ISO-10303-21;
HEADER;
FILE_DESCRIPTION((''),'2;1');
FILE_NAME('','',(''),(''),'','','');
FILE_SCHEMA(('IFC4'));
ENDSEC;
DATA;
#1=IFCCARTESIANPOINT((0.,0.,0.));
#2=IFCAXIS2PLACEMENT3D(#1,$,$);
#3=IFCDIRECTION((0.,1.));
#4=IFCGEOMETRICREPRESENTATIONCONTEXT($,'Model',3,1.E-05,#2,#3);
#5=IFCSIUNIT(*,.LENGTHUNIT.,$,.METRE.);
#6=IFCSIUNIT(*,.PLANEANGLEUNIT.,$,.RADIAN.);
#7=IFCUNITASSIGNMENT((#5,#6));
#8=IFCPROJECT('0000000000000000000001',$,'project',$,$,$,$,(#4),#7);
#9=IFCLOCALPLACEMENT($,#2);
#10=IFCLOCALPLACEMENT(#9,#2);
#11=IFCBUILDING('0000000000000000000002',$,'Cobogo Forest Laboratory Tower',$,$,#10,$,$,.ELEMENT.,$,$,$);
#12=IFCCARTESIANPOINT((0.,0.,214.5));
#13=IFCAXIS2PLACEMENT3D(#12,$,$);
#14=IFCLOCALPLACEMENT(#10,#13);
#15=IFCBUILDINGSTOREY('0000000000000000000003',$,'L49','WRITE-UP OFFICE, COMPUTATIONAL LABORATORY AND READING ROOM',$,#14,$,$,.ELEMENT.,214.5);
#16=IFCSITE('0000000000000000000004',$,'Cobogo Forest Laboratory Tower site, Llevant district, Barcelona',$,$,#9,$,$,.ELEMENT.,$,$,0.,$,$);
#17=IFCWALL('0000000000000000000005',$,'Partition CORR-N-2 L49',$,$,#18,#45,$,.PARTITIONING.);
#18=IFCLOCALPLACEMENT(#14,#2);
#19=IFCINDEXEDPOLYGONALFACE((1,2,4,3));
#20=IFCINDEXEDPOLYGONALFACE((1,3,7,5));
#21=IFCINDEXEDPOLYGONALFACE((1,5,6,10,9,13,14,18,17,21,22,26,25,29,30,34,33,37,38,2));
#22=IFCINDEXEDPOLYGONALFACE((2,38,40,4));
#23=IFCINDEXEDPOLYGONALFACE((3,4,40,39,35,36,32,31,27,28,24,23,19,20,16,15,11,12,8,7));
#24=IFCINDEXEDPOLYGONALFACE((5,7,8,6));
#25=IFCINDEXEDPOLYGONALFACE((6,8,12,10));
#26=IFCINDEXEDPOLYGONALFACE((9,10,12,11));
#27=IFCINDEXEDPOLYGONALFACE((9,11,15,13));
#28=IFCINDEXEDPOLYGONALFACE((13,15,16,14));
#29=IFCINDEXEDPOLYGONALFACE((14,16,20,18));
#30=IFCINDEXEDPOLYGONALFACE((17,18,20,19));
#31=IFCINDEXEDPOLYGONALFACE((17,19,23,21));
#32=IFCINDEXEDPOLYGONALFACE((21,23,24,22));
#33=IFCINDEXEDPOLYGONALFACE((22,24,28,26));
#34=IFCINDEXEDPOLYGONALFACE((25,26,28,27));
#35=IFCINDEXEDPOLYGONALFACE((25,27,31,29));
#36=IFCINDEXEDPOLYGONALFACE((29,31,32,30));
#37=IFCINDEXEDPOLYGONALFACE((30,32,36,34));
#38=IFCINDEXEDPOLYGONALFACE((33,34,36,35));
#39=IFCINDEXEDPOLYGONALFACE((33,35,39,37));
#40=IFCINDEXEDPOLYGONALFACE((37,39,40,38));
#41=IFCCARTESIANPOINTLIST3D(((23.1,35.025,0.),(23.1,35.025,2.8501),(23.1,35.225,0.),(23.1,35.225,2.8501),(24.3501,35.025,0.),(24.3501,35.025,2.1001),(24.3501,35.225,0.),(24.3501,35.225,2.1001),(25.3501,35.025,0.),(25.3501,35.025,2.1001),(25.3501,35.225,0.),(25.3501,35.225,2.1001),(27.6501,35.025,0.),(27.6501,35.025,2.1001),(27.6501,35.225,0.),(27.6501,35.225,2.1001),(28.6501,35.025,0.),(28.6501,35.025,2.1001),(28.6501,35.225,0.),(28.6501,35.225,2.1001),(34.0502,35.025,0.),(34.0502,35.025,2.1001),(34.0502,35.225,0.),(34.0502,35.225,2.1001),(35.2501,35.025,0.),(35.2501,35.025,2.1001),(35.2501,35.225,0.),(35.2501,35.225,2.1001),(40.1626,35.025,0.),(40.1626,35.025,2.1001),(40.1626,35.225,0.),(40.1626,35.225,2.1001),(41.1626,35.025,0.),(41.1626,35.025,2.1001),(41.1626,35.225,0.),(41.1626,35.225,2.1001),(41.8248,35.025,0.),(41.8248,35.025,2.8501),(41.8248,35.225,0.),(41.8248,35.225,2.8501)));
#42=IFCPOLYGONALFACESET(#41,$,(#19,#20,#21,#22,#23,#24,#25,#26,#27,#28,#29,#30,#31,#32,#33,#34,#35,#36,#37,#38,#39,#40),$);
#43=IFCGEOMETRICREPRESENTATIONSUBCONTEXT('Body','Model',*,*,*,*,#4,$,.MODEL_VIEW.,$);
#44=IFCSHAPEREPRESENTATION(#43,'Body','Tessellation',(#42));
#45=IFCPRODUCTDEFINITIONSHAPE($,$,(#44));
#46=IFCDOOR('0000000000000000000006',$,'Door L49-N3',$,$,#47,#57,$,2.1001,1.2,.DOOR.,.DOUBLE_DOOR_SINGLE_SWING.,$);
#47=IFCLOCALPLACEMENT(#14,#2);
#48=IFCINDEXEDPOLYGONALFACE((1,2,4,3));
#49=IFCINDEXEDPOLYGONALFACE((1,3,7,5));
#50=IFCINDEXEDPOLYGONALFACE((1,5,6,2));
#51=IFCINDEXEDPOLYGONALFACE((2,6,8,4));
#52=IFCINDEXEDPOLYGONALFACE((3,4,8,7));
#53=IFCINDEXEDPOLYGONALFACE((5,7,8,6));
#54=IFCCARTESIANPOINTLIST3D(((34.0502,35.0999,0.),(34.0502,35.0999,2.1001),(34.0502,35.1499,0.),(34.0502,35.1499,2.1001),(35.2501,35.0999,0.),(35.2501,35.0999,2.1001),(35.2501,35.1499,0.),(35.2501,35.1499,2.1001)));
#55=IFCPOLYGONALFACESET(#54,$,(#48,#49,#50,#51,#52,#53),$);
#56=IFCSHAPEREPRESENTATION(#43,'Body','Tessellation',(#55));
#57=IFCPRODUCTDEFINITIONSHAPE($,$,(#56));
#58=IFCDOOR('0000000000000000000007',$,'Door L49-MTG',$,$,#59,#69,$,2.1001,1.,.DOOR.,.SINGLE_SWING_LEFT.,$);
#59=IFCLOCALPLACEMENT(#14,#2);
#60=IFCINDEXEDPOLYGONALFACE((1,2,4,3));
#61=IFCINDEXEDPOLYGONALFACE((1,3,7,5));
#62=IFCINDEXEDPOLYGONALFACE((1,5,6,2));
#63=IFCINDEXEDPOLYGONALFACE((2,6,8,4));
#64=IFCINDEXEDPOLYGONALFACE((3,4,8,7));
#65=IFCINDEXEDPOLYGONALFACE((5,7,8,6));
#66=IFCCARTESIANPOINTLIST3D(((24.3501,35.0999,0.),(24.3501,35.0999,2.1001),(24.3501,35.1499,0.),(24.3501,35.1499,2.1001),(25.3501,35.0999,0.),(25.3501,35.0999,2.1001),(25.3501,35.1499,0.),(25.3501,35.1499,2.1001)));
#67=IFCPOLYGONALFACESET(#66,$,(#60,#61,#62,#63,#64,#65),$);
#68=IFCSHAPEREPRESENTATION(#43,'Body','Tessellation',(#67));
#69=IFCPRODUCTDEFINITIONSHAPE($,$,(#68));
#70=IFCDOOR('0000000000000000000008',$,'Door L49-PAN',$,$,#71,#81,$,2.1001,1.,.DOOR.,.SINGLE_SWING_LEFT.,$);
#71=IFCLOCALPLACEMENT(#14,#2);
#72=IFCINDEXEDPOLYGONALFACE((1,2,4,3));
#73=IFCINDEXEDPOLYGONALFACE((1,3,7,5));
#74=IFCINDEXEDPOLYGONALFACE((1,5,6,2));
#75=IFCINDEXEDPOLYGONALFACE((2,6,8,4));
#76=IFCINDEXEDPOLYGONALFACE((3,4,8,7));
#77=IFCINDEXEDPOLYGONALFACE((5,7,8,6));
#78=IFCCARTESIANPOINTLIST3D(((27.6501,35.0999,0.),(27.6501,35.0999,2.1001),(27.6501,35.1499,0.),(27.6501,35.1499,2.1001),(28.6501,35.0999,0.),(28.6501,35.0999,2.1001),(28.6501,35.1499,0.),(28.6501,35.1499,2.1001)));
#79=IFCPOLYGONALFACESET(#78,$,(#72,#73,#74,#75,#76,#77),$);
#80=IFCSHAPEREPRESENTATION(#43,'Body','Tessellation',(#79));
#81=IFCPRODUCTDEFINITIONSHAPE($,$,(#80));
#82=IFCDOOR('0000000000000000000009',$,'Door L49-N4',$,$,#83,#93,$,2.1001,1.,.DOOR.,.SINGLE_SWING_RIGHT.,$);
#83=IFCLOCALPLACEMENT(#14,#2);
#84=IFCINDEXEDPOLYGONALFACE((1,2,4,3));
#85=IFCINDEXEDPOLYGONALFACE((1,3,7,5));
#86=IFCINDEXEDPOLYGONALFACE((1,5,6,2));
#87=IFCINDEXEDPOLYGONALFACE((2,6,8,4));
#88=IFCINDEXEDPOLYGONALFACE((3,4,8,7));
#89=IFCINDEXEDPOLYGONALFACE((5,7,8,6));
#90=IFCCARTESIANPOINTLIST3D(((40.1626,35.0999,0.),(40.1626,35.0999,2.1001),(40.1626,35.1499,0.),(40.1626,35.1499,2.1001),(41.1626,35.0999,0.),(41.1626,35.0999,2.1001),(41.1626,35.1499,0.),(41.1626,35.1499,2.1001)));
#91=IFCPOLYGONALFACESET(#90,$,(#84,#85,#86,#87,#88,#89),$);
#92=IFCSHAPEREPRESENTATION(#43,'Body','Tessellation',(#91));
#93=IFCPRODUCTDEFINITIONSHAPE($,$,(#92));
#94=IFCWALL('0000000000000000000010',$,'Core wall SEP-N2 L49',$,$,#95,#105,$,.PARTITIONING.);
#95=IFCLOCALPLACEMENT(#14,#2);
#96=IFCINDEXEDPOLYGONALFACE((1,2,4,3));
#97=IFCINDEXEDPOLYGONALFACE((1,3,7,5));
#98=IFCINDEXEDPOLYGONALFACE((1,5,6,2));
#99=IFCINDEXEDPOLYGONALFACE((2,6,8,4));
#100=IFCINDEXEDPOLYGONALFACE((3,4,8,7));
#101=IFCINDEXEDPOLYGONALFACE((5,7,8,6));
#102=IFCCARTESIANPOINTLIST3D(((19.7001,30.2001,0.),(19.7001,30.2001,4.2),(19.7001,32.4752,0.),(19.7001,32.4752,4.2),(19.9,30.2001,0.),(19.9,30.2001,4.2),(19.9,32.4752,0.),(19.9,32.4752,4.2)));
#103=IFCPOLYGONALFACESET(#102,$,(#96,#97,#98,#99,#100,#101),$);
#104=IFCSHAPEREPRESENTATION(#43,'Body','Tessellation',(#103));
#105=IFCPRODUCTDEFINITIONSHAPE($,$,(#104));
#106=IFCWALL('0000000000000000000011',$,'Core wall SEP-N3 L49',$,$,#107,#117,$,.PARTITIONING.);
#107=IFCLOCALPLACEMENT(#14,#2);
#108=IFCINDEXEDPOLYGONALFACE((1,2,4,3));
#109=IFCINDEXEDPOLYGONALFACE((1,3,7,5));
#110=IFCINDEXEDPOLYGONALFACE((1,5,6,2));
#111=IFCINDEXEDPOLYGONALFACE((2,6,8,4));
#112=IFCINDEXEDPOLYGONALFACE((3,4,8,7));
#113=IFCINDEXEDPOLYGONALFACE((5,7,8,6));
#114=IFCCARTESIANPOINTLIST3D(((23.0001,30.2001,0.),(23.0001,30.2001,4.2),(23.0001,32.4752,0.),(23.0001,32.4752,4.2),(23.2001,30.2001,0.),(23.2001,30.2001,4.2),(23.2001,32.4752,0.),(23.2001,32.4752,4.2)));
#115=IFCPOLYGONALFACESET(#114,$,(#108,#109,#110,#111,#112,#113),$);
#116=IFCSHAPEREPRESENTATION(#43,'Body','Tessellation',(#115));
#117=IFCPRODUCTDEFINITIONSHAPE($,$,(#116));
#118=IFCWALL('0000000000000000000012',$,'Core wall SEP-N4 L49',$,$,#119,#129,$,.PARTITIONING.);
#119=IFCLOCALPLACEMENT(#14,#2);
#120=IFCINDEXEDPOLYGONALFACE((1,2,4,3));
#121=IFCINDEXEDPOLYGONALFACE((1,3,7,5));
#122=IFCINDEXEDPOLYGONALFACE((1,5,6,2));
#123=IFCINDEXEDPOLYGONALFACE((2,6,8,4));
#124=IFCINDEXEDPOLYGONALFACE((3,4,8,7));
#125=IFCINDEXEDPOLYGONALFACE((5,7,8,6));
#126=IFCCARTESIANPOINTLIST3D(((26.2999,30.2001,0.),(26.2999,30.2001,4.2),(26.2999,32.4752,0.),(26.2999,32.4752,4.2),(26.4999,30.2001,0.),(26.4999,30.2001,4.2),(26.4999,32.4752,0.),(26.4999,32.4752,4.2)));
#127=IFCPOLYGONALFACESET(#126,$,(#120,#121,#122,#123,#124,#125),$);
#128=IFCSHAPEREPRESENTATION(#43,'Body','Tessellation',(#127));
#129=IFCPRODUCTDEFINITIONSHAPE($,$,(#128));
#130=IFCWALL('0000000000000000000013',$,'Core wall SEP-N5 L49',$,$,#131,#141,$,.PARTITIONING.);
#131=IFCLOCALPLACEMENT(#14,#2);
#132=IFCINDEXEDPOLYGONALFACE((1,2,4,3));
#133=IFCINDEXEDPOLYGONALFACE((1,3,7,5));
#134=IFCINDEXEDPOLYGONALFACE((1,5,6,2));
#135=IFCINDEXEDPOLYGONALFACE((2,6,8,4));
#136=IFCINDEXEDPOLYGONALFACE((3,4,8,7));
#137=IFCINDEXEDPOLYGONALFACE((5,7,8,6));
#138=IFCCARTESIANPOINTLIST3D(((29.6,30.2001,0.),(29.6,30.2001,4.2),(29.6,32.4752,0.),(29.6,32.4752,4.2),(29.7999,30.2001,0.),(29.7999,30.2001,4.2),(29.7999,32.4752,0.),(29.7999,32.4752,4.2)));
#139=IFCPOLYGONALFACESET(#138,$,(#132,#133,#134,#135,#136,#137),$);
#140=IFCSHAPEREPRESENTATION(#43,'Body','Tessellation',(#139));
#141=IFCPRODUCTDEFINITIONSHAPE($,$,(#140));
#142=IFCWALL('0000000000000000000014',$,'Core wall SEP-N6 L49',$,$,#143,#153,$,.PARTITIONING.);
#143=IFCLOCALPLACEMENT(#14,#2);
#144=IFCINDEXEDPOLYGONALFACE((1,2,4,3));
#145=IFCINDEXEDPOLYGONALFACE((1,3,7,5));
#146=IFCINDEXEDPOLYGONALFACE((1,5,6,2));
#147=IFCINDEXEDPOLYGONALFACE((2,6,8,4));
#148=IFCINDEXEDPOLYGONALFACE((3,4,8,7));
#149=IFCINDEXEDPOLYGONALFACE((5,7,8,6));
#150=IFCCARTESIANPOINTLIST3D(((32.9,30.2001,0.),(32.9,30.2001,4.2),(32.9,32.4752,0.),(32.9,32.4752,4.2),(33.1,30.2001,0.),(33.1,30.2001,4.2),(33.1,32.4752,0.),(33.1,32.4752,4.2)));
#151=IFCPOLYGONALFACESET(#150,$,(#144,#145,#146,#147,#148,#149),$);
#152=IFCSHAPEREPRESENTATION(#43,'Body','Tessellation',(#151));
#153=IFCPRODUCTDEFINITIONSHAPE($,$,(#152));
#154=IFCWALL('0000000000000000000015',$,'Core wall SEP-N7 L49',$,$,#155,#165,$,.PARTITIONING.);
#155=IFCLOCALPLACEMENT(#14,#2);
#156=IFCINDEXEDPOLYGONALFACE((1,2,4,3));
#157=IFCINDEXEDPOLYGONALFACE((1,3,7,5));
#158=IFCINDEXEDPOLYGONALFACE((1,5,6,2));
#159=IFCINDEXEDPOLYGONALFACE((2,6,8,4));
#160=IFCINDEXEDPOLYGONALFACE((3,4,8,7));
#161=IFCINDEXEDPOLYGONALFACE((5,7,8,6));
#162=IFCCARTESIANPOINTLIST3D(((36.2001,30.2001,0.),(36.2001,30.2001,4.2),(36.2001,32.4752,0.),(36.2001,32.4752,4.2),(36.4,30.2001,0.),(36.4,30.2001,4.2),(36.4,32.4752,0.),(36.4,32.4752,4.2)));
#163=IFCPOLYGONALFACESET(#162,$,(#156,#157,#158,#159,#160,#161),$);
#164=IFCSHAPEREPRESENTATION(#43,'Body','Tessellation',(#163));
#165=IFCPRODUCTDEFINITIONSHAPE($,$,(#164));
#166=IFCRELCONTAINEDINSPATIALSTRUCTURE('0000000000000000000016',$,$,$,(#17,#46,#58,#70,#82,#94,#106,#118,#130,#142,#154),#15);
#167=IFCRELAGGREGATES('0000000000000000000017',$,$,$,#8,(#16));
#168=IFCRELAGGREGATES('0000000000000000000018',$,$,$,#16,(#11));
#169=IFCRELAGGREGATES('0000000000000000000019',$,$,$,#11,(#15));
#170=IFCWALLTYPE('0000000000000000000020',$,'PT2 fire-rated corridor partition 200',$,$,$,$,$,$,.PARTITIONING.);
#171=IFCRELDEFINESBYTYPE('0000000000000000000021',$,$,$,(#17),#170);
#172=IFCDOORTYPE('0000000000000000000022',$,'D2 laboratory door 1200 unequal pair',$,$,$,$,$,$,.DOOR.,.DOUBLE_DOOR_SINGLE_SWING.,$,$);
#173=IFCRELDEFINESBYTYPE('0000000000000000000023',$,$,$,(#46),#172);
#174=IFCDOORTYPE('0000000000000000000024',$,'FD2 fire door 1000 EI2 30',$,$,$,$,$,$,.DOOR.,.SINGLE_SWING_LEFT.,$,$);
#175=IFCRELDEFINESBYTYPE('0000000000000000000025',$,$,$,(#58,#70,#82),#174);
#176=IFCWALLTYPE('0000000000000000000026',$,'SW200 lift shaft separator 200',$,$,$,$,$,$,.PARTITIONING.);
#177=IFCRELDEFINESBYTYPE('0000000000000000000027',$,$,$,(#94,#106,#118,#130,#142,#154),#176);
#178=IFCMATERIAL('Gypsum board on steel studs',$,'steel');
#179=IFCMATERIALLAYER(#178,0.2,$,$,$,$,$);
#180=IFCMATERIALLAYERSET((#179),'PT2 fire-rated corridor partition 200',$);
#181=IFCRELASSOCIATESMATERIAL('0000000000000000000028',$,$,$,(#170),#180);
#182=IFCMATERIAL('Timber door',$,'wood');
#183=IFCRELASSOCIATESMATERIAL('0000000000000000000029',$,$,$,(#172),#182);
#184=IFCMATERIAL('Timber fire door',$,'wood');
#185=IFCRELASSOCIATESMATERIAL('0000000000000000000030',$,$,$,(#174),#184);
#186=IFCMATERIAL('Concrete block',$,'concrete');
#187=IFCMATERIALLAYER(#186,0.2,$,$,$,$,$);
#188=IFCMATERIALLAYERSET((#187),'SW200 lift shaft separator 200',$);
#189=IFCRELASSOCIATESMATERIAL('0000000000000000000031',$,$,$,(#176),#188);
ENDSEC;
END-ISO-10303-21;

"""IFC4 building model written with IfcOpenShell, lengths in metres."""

from ifc_helpers import new_model, si_unit, direction, frame, frame_2d, origin, place, context, subcontext, project, spatial, rectangle, extrude, material, layer, layer_set, type_object, element, fill, save


model = new_model("IFC4")

# Units and contexts
model_context = context("Model", 3, precision=1e-05, world=origin(), true_north=direction((0.0, 1.0)))
body_context = subcontext(model_context, "Body", "Model", "MODEL_VIEW")
ifc_project = project(units=[si_unit("LENGTHUNIT", "METRE"), si_unit("PLANEANGLEUNIT", "RADIAN")], contexts=[model_context])

# Site, building, storey
site_placement = place(None, origin())
site = spatial("IfcSite", under=ifc_project, at=site_placement, Name="Cobogo Forest Laboratory Tower site, Llevant district, Barcelona", CompositionType="ELEMENT", RefElevation=0.0)
building_placement = place(site_placement, origin())
building = spatial("IfcBuilding", under=site, at=building_placement, Name="Cobogo Forest Laboratory Tower", CompositionType="ELEMENT")
storey_placement = place(building_placement, frame((0.0, 0.0, 214.5)))
storey = spatial("IfcBuildingStorey", under=building, at=storey_placement, Name="L49", Description="WRITE-UP OFFICE, COMPUTATIONAL LABORATORY AND READING ROOM", CompositionType="ELEMENT", Elevation=214.5)

# Shared definitions
ifc_material_1 = material(Name="Gypsum board on steel studs", Category="steel")

# Wall, openings, doors
ifc_layer_1 = layer(ifc_material_1, 0.2)
ifc_layer_set_1 = layer_set([ifc_layer_1], Name="PT2 fire-rated corridor partition 200")
wall_type_1 = type_object("IfcWallType", Name="PT2 fire-rated corridor partition 200", PredefinedType="PARTITIONING", material=ifc_layer_set_1)
wall_placement = place(storey_placement, frame((23.1001, 35.125, 0.0), z_axis=(0.0, 0.0, 1.0), x_axis=(1.0, 0.0, 0.0)))
wall = element("IfcWall", 1, at=wall_placement, inside=storey, type_object=wall_type_1, Name="Partition CORR-N-2 L49", PredefinedType="PARTITIONING", context=body_context, shape_type="SweptSolid", body=[
    extrude(rectangle(XDim=18.7249, YDim=0.2, at=frame_2d((9.3623, 0.0))), origin(), (0.0, 0.0, 1.0), 2.8501),
])
opening_1_placement = place(wall_placement, frame((1.25, 0.0, 0.0)))
opening_1 = element("IfcOpeningElement", 2, at=opening_1_placement, cuts=wall, PredefinedType="OPENING", context=body_context, shape_type="SweptSolid", body=[
    extrude(rectangle(XDim=1.0, YDim=2.1001, at=frame_2d((0.5, 1.05))), frame((0.0, 0.1099, 0.0), z_axis=(0.0, -1.0, 0.0), x_axis=(1.0, 0.0, 0.0)), (0.0, 0.0, 1.0), 0.22),
])
opening_2_placement = place(wall_placement, frame((4.55, 0.0, 0.0)))
opening_2 = element("IfcOpeningElement", 3, at=opening_2_placement, cuts=wall, PredefinedType="OPENING", context=body_context, shape_type="SweptSolid", body=[
    extrude(rectangle(XDim=1.0, YDim=2.1001, at=frame_2d((0.5, 1.05))), frame((0.0, 0.1099, 0.0), z_axis=(0.0, -1.0, 0.0), x_axis=(1.0, 0.0, 0.0)), (0.0, 0.0, 1.0), 0.22),
])
opening_3_placement = place(wall_placement, frame((10.95, 0.0, 0.0)))
opening_3 = element("IfcOpeningElement", 4, at=opening_3_placement, cuts=wall, PredefinedType="OPENING", context=body_context, shape_type="SweptSolid", body=[
    extrude(rectangle(XDim=1.2, YDim=2.1001, at=frame_2d((0.6001, 1.05))), frame((0.0, 0.1099, 0.0), z_axis=(0.0, -1.0, 0.0), x_axis=(1.0, 0.0, 0.0)), (0.0, 0.0, 1.0), 0.22),
])
opening_4_placement = place(wall_placement, frame((17.0625, 0.0, 0.0)))
opening_4 = element("IfcOpeningElement", 5, at=opening_4_placement, cuts=wall, PredefinedType="OPENING", context=body_context, shape_type="SweptSolid", body=[
    extrude(rectangle(XDim=1.0, YDim=2.1001, at=frame_2d((0.5, 1.05))), frame((0.0, 0.1099, 0.0), z_axis=(0.0, -1.0, 0.0), x_axis=(1.0, 0.0, 0.0)), (0.0, 0.0, 1.0), 0.22),
])
ifc_material_2 = material(Name="Timber door", Category="wood")
door_type_1 = type_object("IfcDoorType", Name="D2 laboratory door 1200 unequal pair", OperationType="DOUBLE_DOOR_SINGLE_SWING", PredefinedType="DOOR", material=ifc_material_2)
door_1_placement = place(opening_3_placement, origin())
door_1 = element("IfcDoor", 6, at=door_1_placement, inside=storey, type_object=door_type_1, Name="Door L49-N3", OperationType="DOUBLE_DOOR_SINGLE_SWING", OverallHeight=2.1001, OverallWidth=1.2, PredefinedType="DOOR", context=body_context, shape_type="SweptSolid", body=[
    extrude(rectangle(XDim=1.2, YDim=2.1001, at=frame_2d((0.6001, 1.05))), frame((0.0, 0.0249, 0.0), z_axis=(0.0, -1.0, 0.0), x_axis=(1.0, 0.0, 0.0)), (0.0, 0.0, 1.0), 0.05),
])
fill(opening_3, door_1)
ifc_material_3 = material(Name="Timber fire door", Category="wood")
door_type_2 = type_object("IfcDoorType", Name="FD2 fire door 1000 EI2 30", OperationType="SINGLE_SWING_LEFT", PredefinedType="DOOR", material=ifc_material_3)
door_2_placement = place(opening_1_placement, origin())
door_2 = element("IfcDoor", 7, at=door_2_placement, inside=storey, type_object=door_type_2, Name="Door L49-MTG", OperationType="SINGLE_SWING_LEFT", OverallHeight=2.1001, OverallWidth=1.0, PredefinedType="DOOR", context=body_context, shape_type="SweptSolid", body=[
    extrude(rectangle(XDim=1.0, YDim=2.1001, at=frame_2d((0.5, 1.05))), frame((0.0, 0.0249, 0.0), z_axis=(0.0, -1.0, 0.0), x_axis=(1.0, 0.0, 0.0)), (0.0, 0.0, 1.0), 0.05),
])
fill(opening_1, door_2)
door_3_placement = place(opening_2_placement, origin())
door_3 = element("IfcDoor", 8, at=door_3_placement, inside=storey, type_object=door_type_2, Name="Door L49-PAN", OperationType="SINGLE_SWING_LEFT", OverallHeight=2.1001, OverallWidth=1.0, PredefinedType="DOOR", context=body_context, shape_type="SweptSolid", body=[
    extrude(rectangle(XDim=1.0, YDim=2.1001, at=frame_2d((0.5, 1.05))), frame((0.0, 0.0249, 0.0), z_axis=(0.0, -1.0, 0.0), x_axis=(1.0, 0.0, 0.0)), (0.0, 0.0, 1.0), 0.05),
])
fill(opening_2, door_3)
door_4_placement = place(opening_4_placement, origin())
door_4 = element("IfcDoor", 9, at=door_4_placement, inside=storey, type_object=door_type_2, Name="Door L49-N4", OperationType="SINGLE_SWING_RIGHT", OverallHeight=2.1001, OverallWidth=1.0, PredefinedType="DOOR", context=body_context, shape_type="SweptSolid", body=[
    extrude(rectangle(XDim=1.0, YDim=2.1001, at=frame_2d((0.5, 1.05))), frame((0.0, 0.0249, 0.0), z_axis=(0.0, -1.0, 0.0), x_axis=(1.0, 0.0, 0.0)), (0.0, 0.0, 1.0), 0.05),
])
fill(opening_4, door_4)

# Walls
ifc_material_4 = material(Name="Concrete block", Category="concrete")
ifc_layer_2 = layer(ifc_material_4, 0.2)
ifc_layer_set_2 = layer_set([ifc_layer_2], Name="SW200 lift shaft separator 200")
wall_type_2 = type_object("IfcWallType", Name="SW200 lift shaft separator 200", PredefinedType="PARTITIONING", material=ifc_layer_set_2)
for number, where, z_axis, x_axis, name in (
    (10, (19.8, 30.2, 0.0), (0.0, 0.0, 1.0), (0.0, 1.0, 0.0), "Core wall SEP-N2 L49"),
    (11, (23.1001, 30.2, 0.0), (0.0, 0.0, 1.0), (0.0, 1.0, 0.0), "Core wall SEP-N3 L49"),
    (12, (26.3999, 30.2, 0.0), (0.0, 0.0, 1.0), (0.0, 1.0, 0.0), "Core wall SEP-N4 L49"),
    (13, (29.7, 30.2, 0.0), (0.0, 0.0, 1.0), (0.0, 1.0, 0.0), "Core wall SEP-N5 L49"),
    (14, (33.0, 30.2, 0.0), (0.0, 0.0, 1.0), (0.0, 1.0, 0.0), "Core wall SEP-N6 L49"),
    (15, (36.3, 30.2, 0.0), (0.0, 0.0, 1.0), (0.0, 1.0, 0.0), "Core wall SEP-N7 L49"),
):
    element("IfcWall", number, at=place(storey_placement, frame(where, z_axis=z_axis, x_axis=x_axis)), inside=storey, type_object=wall_type_2, Name=name, PredefinedType="PARTITIONING", context=body_context, shape_type="SweptSolid", body=[
        extrude(rectangle(XDim=2.2751, YDim=0.2, at=frame_2d((1.1377, 0.0))), origin(), (0.0, 0.0, 1.0), 4.2),
    ])

save(model, "model.ifc")
